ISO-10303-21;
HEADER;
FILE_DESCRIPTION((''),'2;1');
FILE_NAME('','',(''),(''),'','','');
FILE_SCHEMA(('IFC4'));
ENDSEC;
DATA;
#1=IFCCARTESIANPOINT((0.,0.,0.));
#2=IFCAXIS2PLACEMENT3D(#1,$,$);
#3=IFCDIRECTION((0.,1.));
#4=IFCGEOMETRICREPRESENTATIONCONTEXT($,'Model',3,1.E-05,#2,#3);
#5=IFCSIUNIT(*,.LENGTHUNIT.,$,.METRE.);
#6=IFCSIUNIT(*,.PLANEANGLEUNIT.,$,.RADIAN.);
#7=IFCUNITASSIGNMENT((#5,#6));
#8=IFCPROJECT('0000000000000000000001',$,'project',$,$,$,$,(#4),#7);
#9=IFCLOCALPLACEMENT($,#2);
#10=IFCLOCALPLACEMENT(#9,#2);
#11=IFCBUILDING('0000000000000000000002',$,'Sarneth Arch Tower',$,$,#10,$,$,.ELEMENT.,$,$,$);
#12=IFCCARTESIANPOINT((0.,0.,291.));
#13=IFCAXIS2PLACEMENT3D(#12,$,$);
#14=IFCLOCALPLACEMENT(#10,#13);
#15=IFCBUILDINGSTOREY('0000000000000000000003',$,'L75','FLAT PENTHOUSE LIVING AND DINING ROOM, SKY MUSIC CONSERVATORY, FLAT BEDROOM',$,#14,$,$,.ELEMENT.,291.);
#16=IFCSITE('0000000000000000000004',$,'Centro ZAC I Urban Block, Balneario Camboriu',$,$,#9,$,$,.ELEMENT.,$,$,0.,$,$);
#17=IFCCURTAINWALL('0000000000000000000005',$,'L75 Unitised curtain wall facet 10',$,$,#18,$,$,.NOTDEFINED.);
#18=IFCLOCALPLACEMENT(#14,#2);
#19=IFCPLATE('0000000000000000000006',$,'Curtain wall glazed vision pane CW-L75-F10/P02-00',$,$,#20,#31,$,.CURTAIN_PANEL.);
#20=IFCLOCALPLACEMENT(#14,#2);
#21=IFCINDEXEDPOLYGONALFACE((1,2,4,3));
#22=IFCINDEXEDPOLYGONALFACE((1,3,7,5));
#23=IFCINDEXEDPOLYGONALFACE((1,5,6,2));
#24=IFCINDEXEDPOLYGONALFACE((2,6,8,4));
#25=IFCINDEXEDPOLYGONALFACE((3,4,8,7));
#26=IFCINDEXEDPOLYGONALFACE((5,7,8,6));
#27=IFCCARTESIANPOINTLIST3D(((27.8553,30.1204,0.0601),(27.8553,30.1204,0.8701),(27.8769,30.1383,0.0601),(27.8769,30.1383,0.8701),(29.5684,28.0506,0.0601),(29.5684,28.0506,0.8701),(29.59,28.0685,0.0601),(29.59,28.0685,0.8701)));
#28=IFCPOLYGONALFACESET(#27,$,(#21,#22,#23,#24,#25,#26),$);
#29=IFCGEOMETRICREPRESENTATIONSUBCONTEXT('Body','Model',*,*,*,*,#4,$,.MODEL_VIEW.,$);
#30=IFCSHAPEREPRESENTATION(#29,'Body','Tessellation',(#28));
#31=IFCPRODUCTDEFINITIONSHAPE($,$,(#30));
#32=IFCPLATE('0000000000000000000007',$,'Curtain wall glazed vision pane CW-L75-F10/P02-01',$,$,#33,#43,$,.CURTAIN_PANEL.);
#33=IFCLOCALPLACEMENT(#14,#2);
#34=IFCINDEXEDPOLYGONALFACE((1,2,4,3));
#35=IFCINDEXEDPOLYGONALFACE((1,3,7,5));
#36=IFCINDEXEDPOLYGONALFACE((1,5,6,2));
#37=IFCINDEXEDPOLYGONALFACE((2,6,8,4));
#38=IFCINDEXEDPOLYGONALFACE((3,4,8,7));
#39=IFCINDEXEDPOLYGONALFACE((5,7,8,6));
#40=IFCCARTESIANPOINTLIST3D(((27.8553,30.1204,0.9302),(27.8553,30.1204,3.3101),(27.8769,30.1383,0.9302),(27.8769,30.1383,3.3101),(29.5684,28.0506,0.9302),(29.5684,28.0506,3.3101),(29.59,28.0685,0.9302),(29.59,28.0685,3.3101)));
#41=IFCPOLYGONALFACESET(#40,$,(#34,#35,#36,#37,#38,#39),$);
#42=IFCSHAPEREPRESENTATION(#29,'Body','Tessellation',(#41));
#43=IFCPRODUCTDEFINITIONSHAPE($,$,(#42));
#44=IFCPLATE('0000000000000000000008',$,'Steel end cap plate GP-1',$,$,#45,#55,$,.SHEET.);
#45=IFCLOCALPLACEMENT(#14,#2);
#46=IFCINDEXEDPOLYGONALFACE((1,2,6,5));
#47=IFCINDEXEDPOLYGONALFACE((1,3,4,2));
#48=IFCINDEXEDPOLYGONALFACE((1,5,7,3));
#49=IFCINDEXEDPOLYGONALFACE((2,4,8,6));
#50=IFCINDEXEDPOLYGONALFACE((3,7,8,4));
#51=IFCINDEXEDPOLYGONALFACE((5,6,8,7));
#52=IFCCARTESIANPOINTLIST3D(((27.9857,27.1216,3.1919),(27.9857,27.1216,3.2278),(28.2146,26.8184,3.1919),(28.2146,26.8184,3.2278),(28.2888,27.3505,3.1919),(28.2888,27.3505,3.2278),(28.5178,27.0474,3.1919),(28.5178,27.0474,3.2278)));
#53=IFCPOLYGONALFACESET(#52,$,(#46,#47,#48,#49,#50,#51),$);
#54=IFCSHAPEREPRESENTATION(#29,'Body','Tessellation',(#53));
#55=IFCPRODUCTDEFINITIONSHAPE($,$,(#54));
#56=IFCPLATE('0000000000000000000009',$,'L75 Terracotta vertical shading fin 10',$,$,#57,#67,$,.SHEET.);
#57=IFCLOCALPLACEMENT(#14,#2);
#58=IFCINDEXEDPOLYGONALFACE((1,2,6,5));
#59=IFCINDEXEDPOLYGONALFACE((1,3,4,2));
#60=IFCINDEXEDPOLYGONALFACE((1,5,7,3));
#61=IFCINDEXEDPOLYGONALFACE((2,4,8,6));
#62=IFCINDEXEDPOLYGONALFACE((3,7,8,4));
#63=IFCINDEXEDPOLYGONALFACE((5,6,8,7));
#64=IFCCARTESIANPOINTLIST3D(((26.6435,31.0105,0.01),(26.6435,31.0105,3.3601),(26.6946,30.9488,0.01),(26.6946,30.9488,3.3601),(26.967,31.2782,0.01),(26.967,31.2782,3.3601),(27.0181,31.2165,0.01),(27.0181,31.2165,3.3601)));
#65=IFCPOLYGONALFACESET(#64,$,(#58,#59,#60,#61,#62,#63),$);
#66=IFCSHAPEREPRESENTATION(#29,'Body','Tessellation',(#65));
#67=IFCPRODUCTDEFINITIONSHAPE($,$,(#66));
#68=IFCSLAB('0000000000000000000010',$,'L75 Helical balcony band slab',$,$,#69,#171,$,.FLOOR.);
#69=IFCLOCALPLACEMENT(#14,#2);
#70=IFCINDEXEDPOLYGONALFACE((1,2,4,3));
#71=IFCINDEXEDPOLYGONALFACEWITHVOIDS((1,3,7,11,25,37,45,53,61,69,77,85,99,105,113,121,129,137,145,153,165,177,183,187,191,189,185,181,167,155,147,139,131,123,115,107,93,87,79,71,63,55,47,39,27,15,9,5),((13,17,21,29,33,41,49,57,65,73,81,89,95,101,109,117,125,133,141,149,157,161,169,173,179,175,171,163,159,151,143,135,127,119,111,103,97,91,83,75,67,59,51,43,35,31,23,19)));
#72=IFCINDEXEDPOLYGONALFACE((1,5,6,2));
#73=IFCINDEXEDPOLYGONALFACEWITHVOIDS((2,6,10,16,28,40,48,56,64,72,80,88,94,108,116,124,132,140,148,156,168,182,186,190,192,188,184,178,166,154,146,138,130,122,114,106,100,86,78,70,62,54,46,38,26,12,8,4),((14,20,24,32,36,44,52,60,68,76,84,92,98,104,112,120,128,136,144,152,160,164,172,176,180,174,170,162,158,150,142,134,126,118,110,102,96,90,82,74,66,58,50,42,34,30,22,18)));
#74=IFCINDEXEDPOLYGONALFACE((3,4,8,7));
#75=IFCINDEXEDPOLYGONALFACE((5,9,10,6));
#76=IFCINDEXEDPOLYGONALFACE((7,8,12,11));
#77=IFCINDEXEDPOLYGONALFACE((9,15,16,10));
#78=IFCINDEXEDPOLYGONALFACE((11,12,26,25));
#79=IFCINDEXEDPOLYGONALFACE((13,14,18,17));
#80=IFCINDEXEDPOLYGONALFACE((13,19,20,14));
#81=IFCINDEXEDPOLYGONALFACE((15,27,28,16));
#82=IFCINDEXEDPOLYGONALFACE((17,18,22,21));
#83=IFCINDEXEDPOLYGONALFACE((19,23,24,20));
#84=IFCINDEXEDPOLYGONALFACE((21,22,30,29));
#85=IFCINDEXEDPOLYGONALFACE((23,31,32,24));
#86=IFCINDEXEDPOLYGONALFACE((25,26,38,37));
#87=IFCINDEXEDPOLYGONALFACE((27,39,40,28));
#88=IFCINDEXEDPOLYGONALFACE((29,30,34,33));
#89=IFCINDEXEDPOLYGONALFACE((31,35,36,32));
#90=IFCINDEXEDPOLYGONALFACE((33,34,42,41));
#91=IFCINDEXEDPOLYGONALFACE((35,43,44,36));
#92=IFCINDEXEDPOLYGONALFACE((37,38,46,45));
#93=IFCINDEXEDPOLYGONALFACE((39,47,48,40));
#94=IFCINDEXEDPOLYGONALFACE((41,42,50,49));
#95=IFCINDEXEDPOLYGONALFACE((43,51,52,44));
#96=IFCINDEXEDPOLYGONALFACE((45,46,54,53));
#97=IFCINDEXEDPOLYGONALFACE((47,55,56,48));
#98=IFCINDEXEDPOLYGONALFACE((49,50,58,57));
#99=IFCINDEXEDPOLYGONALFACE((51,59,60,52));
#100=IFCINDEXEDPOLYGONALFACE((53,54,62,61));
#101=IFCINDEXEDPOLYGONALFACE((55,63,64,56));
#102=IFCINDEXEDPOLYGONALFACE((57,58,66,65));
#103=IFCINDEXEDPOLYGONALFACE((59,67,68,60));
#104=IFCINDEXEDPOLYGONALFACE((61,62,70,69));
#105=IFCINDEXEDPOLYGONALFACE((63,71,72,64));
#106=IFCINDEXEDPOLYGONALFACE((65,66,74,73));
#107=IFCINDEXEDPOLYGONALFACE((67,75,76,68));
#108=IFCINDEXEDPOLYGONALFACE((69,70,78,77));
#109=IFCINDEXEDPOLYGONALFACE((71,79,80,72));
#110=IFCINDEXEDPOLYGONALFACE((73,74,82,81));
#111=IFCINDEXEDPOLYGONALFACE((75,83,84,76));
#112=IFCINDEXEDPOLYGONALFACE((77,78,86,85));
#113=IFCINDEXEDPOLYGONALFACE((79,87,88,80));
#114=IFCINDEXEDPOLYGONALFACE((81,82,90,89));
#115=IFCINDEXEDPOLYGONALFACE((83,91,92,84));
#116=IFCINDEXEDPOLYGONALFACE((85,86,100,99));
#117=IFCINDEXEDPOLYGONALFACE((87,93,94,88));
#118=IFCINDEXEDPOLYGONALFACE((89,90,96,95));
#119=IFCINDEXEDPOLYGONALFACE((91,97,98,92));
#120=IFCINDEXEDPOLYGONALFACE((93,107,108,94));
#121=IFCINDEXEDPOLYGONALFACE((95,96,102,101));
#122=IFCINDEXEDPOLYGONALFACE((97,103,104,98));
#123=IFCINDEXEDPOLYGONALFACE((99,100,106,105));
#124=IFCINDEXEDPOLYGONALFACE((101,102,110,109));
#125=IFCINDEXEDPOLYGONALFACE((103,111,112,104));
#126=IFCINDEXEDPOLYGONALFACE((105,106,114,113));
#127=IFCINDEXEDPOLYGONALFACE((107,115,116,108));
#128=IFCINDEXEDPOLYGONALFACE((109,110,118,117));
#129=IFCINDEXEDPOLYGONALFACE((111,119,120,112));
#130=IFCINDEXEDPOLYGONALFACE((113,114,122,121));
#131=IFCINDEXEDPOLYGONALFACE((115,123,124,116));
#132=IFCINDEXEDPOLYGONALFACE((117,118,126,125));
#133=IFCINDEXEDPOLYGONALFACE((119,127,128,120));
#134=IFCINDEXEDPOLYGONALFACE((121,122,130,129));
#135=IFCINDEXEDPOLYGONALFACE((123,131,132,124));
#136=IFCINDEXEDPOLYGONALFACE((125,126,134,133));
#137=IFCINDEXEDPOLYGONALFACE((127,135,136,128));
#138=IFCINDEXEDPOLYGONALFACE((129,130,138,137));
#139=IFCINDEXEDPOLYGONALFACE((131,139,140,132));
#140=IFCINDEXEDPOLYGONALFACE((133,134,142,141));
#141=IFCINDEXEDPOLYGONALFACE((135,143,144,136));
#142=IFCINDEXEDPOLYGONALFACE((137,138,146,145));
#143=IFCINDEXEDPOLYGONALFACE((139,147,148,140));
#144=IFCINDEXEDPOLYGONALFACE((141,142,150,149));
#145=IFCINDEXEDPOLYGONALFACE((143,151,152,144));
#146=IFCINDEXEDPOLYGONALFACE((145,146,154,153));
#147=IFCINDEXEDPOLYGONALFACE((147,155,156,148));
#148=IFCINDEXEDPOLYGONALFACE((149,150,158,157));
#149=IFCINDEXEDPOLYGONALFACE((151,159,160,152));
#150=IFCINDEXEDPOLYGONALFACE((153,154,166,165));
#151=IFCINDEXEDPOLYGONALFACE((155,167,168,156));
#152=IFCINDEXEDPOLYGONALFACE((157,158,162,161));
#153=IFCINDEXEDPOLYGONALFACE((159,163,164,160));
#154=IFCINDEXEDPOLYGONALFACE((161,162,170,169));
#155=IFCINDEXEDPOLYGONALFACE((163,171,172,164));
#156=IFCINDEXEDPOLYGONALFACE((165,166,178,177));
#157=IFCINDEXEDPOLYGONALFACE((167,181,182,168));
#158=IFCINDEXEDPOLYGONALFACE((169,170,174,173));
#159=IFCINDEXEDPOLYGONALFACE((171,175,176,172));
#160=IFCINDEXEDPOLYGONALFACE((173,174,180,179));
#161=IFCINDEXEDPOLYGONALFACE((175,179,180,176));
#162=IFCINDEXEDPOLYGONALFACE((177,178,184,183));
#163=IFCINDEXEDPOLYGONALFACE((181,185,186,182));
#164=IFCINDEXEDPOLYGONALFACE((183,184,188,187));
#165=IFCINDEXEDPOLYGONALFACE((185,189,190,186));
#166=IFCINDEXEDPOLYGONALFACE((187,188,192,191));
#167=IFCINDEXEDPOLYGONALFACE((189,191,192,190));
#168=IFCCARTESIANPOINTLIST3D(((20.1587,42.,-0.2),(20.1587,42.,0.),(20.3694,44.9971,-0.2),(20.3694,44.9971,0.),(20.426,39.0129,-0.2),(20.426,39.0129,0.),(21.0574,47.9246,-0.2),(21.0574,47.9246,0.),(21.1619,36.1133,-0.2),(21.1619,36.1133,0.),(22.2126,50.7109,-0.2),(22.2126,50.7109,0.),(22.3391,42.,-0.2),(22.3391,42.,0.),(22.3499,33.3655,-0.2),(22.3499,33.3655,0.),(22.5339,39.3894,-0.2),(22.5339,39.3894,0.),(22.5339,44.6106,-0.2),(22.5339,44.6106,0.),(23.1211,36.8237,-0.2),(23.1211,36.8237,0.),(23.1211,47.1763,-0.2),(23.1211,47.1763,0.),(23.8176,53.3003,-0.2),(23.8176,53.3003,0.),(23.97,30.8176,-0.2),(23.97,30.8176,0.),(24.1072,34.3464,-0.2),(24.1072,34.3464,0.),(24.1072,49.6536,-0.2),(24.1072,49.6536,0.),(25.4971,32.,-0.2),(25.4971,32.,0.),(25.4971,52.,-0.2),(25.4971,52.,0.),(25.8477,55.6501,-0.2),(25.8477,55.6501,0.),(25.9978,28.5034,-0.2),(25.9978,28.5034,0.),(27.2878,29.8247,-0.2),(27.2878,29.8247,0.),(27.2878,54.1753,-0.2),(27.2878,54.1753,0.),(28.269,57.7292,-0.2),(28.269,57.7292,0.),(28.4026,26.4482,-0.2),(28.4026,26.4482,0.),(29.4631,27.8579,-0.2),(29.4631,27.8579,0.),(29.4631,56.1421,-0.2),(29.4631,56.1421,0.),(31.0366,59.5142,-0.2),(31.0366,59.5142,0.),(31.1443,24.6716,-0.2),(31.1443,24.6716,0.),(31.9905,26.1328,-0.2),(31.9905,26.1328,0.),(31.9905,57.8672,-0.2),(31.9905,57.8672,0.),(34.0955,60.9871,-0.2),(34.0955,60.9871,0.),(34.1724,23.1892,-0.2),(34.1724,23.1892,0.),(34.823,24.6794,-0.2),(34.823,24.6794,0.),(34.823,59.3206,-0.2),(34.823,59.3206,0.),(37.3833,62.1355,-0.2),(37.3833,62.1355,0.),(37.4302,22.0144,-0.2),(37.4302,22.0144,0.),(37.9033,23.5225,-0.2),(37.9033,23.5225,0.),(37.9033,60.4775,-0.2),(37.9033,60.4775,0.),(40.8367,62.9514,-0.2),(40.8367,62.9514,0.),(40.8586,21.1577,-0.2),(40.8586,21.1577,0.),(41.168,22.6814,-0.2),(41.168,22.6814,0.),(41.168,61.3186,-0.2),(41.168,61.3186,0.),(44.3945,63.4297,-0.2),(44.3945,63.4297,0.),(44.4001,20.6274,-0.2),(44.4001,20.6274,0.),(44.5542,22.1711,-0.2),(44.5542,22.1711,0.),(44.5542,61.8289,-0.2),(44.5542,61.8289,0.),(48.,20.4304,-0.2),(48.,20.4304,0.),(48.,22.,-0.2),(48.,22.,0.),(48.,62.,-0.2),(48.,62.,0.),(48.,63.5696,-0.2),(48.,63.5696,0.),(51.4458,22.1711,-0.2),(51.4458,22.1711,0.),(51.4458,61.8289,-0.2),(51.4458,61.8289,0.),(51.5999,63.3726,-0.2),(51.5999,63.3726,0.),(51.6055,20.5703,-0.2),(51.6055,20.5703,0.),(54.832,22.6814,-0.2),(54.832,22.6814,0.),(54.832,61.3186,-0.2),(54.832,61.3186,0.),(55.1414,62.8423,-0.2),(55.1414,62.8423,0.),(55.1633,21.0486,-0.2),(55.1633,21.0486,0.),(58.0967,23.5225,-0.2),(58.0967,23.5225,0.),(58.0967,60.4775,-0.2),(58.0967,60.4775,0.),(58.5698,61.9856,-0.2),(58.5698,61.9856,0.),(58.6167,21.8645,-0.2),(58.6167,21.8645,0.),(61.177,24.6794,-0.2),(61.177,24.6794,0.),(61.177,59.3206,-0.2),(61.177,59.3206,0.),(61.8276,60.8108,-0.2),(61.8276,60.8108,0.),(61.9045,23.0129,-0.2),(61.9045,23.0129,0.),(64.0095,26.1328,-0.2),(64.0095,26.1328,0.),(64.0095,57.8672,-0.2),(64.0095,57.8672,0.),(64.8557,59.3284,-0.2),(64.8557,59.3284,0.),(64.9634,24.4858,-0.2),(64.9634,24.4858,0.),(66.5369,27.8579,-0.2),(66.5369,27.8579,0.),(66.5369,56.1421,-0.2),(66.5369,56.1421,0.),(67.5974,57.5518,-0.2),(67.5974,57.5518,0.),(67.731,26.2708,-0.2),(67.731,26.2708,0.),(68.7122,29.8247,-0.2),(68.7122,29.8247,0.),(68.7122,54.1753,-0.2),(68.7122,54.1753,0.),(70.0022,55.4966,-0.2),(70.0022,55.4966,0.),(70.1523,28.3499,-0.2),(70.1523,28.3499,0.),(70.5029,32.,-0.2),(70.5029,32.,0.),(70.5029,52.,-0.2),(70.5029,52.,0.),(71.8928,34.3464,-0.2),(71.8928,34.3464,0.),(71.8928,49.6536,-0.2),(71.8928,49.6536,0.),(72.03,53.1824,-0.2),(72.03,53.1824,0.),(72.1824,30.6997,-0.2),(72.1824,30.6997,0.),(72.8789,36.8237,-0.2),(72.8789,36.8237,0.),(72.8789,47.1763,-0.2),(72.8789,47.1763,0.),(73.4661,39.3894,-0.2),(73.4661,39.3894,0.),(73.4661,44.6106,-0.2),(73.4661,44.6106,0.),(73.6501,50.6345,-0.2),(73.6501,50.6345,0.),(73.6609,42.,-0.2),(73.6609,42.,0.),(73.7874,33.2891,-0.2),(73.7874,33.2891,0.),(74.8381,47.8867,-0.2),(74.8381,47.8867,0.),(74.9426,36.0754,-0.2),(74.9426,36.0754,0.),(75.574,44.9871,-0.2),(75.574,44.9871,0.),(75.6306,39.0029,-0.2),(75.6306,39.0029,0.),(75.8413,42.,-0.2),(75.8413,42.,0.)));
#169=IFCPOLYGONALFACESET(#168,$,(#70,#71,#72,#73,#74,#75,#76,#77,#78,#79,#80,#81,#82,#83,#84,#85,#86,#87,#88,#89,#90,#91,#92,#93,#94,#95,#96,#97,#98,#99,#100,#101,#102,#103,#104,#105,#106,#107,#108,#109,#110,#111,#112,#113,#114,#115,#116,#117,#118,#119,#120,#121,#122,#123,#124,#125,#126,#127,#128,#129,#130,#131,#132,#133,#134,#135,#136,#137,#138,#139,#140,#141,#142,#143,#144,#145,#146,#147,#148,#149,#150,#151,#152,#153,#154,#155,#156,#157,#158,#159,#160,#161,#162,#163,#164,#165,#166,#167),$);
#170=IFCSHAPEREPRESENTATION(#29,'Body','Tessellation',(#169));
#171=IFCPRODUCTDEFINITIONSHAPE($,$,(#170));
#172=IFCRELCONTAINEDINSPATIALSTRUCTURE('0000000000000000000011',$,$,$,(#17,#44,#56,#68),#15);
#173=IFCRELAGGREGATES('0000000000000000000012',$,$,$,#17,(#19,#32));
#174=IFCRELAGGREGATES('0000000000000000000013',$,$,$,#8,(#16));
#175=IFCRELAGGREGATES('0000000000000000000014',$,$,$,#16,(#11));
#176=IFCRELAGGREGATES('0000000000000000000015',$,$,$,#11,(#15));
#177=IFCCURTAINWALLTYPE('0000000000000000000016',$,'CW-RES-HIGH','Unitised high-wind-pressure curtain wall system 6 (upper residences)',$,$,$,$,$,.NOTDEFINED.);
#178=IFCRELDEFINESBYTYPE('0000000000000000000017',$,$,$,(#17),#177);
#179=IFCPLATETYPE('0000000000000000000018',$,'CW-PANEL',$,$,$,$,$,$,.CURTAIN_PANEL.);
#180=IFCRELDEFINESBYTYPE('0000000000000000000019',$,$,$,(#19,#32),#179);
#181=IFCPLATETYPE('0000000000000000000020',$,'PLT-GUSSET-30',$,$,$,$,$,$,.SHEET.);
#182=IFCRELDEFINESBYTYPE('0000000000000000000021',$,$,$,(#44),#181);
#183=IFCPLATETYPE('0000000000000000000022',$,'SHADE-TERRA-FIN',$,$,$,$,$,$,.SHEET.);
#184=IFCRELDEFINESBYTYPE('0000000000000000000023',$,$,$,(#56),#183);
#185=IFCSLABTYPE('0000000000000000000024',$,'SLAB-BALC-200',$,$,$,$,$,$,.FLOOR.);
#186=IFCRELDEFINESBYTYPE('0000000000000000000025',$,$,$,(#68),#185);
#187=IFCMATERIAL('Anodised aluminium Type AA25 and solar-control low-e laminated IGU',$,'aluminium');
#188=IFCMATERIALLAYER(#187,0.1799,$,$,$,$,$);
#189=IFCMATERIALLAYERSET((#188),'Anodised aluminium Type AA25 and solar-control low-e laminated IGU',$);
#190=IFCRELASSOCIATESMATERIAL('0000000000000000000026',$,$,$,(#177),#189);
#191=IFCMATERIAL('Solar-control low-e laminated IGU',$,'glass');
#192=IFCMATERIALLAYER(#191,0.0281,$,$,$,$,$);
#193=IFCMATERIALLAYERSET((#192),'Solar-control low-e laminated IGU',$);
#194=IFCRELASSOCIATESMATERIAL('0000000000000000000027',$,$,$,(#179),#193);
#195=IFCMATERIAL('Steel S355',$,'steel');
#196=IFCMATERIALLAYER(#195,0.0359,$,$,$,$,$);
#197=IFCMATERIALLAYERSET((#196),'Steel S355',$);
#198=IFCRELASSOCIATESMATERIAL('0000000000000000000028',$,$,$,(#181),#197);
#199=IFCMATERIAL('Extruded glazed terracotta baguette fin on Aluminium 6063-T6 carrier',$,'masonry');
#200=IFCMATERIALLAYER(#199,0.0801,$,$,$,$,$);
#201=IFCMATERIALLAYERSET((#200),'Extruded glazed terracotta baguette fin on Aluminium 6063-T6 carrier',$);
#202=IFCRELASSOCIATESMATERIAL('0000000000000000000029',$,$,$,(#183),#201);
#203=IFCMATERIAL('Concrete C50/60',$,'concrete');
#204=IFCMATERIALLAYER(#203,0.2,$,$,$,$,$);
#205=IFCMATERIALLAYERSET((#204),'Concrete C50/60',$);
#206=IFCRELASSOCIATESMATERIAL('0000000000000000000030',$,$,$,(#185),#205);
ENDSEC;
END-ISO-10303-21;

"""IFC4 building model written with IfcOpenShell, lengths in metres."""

from ifc_helpers import new_model, si_unit, direction, frame, origin, origin_2d, place, context, subcontext, project, spatial, polyline, rectangle, outline, extrude, material, layer, layer_set, type_object, element, aggregate, save


model = new_model("IFC4")

# Units and contexts
model_context = context("Model", 3, precision=1e-05, world=origin(), true_north=direction((0.0, 1.0)))
body_context = subcontext(model_context, "Body", "Model", "MODEL_VIEW")
ifc_project = project(units=[si_unit("LENGTHUNIT", "METRE"), si_unit("PLANEANGLEUNIT", "RADIAN")], contexts=[model_context])

# Site, building, storey
site_placement = place(None, origin())
site = spatial("IfcSite", under=ifc_project, at=site_placement, Name="Centro ZAC I Urban Block, Balneario Camboriu", CompositionType="ELEMENT", RefElevation=0.0)
building_placement = place(site_placement, origin())
building = spatial("IfcBuilding", under=site, at=building_placement, Name="Sarneth Arch Tower", CompositionType="ELEMENT")
storey_placement = place(building_placement, frame((0.0, 0.0, 291.0)))
storey = spatial("IfcBuildingStorey", under=building, at=storey_placement, Name="L75", Description="FLAT PENTHOUSE LIVING AND DINING ROOM, SKY MUSIC CONSERVATORY, FLAT BEDROOM", CompositionType="ELEMENT", Elevation=291.0)

# Curtain wall
ifc_material_1 = material(Name="Anodised aluminium Type AA25 and solar-control low-e laminated IGU", Category="aluminium")
ifc_layer_1 = layer(ifc_material_1, 0.1799)
ifc_layer_set_1 = layer_set([ifc_layer_1], Name="Anodised aluminium Type AA25 and solar-control low-e laminated IGU")
curtain_wall_type = type_object("IfcCurtainWallType", Name="CW-RES-HIGH", Description="Unitised high-wind-pressure curtain wall system 6 (upper residences)", PredefinedType="NOTDEFINED", material=ifc_layer_set_1)
curtain_wall_placement = place(storey_placement, origin())
curtain_wall = element("IfcCurtainWall", 1, at=curtain_wall_placement, inside=storey, type_object=curtain_wall_type, Name="L75 Unitised curtain wall facet 10", PredefinedType="NOTDEFINED")

# Plates
ifc_material_2 = material(Name="Solar-control low-e laminated IGU", Category="glass")
ifc_layer_2 = layer(ifc_material_2, 0.0281)
ifc_layer_set_2 = layer_set([ifc_layer_2], Name="Solar-control low-e laminated IGU")
plate_type_1 = type_object("IfcPlateType", Name="CW-PANEL", PredefinedType="CURTAIN_PANEL", material=ifc_layer_set_2)
plate_1_placement = place(storey_placement, frame((28.7227, 29.0945, 0.0601), z_axis=(0.0, 0.0, 1.0), x_axis=(0.63761, -0.770359, 0.0)))
plate_1 = element("IfcPlate", 2, at=plate_1_placement, type_object=plate_type_1, Name="Curtain wall glazed vision pane CW-L75-F10/P02-00", PredefinedType="CURTAIN_PANEL", context=body_context, shape_type="SweptSolid", body=[
    extrude(rectangle(XDim=2.6868, YDim=0.0281, at=origin_2d()), origin(), (0.0, 0.0, 1.0), 0.8101),
])
plate_2_placement = place(storey_placement, frame((28.7227, 29.0945, 0.9302), z_axis=(0.0, 0.0, 1.0), x_axis=(0.63761, -0.770359, 0.0)))
plate_2 = element("IfcPlate", 3, at=plate_2_placement, type_object=plate_type_1, Name="Curtain wall glazed vision pane CW-L75-F10/P02-01", PredefinedType="CURTAIN_PANEL", context=body_context, shape_type="SweptSolid", body=[
    extrude(rectangle(XDim=2.6868, YDim=0.0281, at=origin_2d()), origin(), (0.0, 0.0, 1.0), 2.3799),
])
aggregate(curtain_wall, [plate_1, plate_2])

# Plates
ifc_material_3 = material(Name="Steel S355", Category="steel")
ifc_layer_3 = layer(ifc_material_3, 0.0359)
ifc_layer_set_3 = layer_set([ifc_layer_3], Name="Steel S355")
plate_type_2 = type_object("IfcPlateType", Name="PLT-GUSSET-30", PredefinedType="SHEET", material=ifc_layer_set_3)
plate_3_placement = place(storey_placement, frame((28.2517, 27.0845, 3.1919), z_axis=(0.0, 0.0, 1.0), x_axis=(-0.798005, -0.602651, 0.0)))
element("IfcPlate", 4, at=plate_3_placement, inside=storey, type_object=plate_type_2, Name="Steel end cap plate GP-1", PredefinedType="SHEET", context=body_context, shape_type="SweptSolid", body=[
    extrude(rectangle(XDim=0.3799, YDim=0.3799, at=origin_2d()), origin(), (0.0, 0.0, 1.0), 0.0359),
])
ifc_material_4 = material(Name="Extruded glazed terracotta baguette fin on Aluminium 6063-T6 carrier", Category="masonry")
ifc_layer_4 = layer(ifc_material_4, 0.0801)
ifc_layer_set_4 = layer_set([ifc_layer_4], Name="Extruded glazed terracotta baguette fin on Aluminium 6063-T6 carrier")
plate_type_3 = type_object("IfcPlateType", Name="SHADE-TERRA-FIN", PredefinedType="SHEET", material=ifc_layer_set_4)
plate_4_placement = place(storey_placement, frame((26.8308, 31.1135, 0.01), z_axis=(0.0, 0.0, 1.0), x_axis=(-0.770402, -0.637558, 0.0)))
element("IfcPlate", 5, at=plate_4_placement, inside=storey, type_object=plate_type_3, Name="L75 Terracotta vertical shading fin 10", PredefinedType="SHEET", context=body_context, shape_type="SweptSolid", body=[
    extrude(rectangle(XDim=0.4199, YDim=0.0801, at=origin_2d()), origin(), (0.0, 0.0, 1.0), 3.3501),
])

# Slab
ifc_material_5 = material(Name="Concrete C50/60", Category="concrete")
ifc_layer_5 = layer(ifc_material_5, 0.2)
ifc_layer_set_5 = layer_set([ifc_layer_5], Name="Concrete C50/60")
slab_type_1 = type_object("IfcSlabType", Name="SLAB-BALC-200", PredefinedType="FLOOR", material=ifc_layer_set_5)
slab_1_placement = place(storey_placement, frame((0.0, 0.0, -0.2)))
element("IfcSlab", 6, at=slab_1_placement, inside=storey, type_object=slab_type_1, Name="L75 Helical balcony band slab", PredefinedType="FLOOR", context=body_context, shape_type="SweptSolid", body=[
    extrude(outline(polyline([(75.8413, 42.0), (75.574, 44.9871), (74.8381, 47.8867), (73.6501, 50.6345), (72.03, 53.1824), (70.0022, 55.4966), (67.5974, 57.5518), (64.8557, 59.3284), (61.8276, 60.8108), (58.5698, 61.9856), (55.1414, 62.8423), (51.5999, 63.3726), (48.0, 63.5696), (44.3945, 63.4297), (40.8367, 62.9514), (37.3833, 62.1355), (34.0955, 60.9871), (31.0366, 59.5142), (28.269, 57.7292), (25.8477, 55.6501), (23.8176, 53.3003), (22.2126, 50.7109), (21.0574, 47.9246), (20.3694, 44.9971), (20.1587, 42.0), (20.426, 39.0129), (21.1619, 36.1133), (22.3499, 33.3655), (23.97, 30.8176), (25.9978, 28.5034), (28.4026, 26.4482), (31.1443, 24.6716), (34.1724, 23.1892), (37.4302, 22.0144), (40.8586, 21.1577), (44.4001, 20.6274), (48.0, 20.4304), (51.6055, 20.5703), (55.1633, 21.0486), (58.6167, 21.8645), (61.9045, 23.0129), (64.9634, 24.4858), (67.731, 26.2708), (70.1523, 28.3499), (72.1824, 30.6997), (73.7874, 33.2891), (74.9426, 36.0754), (75.6306, 39.0029), (75.8413, 42.0)]), holes=[polyline([(73.6609, 42.0), (73.4661, 44.6106), (72.8789, 47.1763), (71.8928, 49.6536), (70.5029, 52.0), (68.7122, 54.1753), (66.5369, 56.1421), (64.0095, 57.8672), (61.177, 59.3206), (58.0967, 60.4775), (54.832, 61.3186), (51.4458, 61.8289), (48.0, 62.0), (44.5542, 61.8289), (41.168, 61.3186), (37.9033, 60.4775), (34.823, 59.3206), (31.9905, 57.8672), (29.4631, 56.1421), (27.2878, 54.1753), (25.4971, 52.0), (24.1072, 49.6536), (23.1211, 47.1763), (22.5339, 44.6106), (22.3391, 42.0), (22.5339, 39.3894), (23.1211, 36.8237), (24.1072, 34.3464), (25.4971, 32.0), (27.2878, 29.8247), (29.4631, 27.8579), (31.9905, 26.1328), (34.823, 24.6794), (37.9033, 23.5225), (41.168, 22.6814), (44.5542, 22.1711), (48.0, 22.0), (51.4458, 22.1711), (54.832, 22.6814), (58.0967, 23.5225), (61.177, 24.6794), (64.0095, 26.1328), (66.5369, 27.8579), (68.7122, 29.8247), (70.5029, 32.0), (71.8928, 34.3464), (72.8789, 36.8237), (73.4661, 39.3894), (73.6609, 42.0)])]), origin(), (0.0, 0.0, 1.0), 0.2),
])

save(model, "model.ifc")
